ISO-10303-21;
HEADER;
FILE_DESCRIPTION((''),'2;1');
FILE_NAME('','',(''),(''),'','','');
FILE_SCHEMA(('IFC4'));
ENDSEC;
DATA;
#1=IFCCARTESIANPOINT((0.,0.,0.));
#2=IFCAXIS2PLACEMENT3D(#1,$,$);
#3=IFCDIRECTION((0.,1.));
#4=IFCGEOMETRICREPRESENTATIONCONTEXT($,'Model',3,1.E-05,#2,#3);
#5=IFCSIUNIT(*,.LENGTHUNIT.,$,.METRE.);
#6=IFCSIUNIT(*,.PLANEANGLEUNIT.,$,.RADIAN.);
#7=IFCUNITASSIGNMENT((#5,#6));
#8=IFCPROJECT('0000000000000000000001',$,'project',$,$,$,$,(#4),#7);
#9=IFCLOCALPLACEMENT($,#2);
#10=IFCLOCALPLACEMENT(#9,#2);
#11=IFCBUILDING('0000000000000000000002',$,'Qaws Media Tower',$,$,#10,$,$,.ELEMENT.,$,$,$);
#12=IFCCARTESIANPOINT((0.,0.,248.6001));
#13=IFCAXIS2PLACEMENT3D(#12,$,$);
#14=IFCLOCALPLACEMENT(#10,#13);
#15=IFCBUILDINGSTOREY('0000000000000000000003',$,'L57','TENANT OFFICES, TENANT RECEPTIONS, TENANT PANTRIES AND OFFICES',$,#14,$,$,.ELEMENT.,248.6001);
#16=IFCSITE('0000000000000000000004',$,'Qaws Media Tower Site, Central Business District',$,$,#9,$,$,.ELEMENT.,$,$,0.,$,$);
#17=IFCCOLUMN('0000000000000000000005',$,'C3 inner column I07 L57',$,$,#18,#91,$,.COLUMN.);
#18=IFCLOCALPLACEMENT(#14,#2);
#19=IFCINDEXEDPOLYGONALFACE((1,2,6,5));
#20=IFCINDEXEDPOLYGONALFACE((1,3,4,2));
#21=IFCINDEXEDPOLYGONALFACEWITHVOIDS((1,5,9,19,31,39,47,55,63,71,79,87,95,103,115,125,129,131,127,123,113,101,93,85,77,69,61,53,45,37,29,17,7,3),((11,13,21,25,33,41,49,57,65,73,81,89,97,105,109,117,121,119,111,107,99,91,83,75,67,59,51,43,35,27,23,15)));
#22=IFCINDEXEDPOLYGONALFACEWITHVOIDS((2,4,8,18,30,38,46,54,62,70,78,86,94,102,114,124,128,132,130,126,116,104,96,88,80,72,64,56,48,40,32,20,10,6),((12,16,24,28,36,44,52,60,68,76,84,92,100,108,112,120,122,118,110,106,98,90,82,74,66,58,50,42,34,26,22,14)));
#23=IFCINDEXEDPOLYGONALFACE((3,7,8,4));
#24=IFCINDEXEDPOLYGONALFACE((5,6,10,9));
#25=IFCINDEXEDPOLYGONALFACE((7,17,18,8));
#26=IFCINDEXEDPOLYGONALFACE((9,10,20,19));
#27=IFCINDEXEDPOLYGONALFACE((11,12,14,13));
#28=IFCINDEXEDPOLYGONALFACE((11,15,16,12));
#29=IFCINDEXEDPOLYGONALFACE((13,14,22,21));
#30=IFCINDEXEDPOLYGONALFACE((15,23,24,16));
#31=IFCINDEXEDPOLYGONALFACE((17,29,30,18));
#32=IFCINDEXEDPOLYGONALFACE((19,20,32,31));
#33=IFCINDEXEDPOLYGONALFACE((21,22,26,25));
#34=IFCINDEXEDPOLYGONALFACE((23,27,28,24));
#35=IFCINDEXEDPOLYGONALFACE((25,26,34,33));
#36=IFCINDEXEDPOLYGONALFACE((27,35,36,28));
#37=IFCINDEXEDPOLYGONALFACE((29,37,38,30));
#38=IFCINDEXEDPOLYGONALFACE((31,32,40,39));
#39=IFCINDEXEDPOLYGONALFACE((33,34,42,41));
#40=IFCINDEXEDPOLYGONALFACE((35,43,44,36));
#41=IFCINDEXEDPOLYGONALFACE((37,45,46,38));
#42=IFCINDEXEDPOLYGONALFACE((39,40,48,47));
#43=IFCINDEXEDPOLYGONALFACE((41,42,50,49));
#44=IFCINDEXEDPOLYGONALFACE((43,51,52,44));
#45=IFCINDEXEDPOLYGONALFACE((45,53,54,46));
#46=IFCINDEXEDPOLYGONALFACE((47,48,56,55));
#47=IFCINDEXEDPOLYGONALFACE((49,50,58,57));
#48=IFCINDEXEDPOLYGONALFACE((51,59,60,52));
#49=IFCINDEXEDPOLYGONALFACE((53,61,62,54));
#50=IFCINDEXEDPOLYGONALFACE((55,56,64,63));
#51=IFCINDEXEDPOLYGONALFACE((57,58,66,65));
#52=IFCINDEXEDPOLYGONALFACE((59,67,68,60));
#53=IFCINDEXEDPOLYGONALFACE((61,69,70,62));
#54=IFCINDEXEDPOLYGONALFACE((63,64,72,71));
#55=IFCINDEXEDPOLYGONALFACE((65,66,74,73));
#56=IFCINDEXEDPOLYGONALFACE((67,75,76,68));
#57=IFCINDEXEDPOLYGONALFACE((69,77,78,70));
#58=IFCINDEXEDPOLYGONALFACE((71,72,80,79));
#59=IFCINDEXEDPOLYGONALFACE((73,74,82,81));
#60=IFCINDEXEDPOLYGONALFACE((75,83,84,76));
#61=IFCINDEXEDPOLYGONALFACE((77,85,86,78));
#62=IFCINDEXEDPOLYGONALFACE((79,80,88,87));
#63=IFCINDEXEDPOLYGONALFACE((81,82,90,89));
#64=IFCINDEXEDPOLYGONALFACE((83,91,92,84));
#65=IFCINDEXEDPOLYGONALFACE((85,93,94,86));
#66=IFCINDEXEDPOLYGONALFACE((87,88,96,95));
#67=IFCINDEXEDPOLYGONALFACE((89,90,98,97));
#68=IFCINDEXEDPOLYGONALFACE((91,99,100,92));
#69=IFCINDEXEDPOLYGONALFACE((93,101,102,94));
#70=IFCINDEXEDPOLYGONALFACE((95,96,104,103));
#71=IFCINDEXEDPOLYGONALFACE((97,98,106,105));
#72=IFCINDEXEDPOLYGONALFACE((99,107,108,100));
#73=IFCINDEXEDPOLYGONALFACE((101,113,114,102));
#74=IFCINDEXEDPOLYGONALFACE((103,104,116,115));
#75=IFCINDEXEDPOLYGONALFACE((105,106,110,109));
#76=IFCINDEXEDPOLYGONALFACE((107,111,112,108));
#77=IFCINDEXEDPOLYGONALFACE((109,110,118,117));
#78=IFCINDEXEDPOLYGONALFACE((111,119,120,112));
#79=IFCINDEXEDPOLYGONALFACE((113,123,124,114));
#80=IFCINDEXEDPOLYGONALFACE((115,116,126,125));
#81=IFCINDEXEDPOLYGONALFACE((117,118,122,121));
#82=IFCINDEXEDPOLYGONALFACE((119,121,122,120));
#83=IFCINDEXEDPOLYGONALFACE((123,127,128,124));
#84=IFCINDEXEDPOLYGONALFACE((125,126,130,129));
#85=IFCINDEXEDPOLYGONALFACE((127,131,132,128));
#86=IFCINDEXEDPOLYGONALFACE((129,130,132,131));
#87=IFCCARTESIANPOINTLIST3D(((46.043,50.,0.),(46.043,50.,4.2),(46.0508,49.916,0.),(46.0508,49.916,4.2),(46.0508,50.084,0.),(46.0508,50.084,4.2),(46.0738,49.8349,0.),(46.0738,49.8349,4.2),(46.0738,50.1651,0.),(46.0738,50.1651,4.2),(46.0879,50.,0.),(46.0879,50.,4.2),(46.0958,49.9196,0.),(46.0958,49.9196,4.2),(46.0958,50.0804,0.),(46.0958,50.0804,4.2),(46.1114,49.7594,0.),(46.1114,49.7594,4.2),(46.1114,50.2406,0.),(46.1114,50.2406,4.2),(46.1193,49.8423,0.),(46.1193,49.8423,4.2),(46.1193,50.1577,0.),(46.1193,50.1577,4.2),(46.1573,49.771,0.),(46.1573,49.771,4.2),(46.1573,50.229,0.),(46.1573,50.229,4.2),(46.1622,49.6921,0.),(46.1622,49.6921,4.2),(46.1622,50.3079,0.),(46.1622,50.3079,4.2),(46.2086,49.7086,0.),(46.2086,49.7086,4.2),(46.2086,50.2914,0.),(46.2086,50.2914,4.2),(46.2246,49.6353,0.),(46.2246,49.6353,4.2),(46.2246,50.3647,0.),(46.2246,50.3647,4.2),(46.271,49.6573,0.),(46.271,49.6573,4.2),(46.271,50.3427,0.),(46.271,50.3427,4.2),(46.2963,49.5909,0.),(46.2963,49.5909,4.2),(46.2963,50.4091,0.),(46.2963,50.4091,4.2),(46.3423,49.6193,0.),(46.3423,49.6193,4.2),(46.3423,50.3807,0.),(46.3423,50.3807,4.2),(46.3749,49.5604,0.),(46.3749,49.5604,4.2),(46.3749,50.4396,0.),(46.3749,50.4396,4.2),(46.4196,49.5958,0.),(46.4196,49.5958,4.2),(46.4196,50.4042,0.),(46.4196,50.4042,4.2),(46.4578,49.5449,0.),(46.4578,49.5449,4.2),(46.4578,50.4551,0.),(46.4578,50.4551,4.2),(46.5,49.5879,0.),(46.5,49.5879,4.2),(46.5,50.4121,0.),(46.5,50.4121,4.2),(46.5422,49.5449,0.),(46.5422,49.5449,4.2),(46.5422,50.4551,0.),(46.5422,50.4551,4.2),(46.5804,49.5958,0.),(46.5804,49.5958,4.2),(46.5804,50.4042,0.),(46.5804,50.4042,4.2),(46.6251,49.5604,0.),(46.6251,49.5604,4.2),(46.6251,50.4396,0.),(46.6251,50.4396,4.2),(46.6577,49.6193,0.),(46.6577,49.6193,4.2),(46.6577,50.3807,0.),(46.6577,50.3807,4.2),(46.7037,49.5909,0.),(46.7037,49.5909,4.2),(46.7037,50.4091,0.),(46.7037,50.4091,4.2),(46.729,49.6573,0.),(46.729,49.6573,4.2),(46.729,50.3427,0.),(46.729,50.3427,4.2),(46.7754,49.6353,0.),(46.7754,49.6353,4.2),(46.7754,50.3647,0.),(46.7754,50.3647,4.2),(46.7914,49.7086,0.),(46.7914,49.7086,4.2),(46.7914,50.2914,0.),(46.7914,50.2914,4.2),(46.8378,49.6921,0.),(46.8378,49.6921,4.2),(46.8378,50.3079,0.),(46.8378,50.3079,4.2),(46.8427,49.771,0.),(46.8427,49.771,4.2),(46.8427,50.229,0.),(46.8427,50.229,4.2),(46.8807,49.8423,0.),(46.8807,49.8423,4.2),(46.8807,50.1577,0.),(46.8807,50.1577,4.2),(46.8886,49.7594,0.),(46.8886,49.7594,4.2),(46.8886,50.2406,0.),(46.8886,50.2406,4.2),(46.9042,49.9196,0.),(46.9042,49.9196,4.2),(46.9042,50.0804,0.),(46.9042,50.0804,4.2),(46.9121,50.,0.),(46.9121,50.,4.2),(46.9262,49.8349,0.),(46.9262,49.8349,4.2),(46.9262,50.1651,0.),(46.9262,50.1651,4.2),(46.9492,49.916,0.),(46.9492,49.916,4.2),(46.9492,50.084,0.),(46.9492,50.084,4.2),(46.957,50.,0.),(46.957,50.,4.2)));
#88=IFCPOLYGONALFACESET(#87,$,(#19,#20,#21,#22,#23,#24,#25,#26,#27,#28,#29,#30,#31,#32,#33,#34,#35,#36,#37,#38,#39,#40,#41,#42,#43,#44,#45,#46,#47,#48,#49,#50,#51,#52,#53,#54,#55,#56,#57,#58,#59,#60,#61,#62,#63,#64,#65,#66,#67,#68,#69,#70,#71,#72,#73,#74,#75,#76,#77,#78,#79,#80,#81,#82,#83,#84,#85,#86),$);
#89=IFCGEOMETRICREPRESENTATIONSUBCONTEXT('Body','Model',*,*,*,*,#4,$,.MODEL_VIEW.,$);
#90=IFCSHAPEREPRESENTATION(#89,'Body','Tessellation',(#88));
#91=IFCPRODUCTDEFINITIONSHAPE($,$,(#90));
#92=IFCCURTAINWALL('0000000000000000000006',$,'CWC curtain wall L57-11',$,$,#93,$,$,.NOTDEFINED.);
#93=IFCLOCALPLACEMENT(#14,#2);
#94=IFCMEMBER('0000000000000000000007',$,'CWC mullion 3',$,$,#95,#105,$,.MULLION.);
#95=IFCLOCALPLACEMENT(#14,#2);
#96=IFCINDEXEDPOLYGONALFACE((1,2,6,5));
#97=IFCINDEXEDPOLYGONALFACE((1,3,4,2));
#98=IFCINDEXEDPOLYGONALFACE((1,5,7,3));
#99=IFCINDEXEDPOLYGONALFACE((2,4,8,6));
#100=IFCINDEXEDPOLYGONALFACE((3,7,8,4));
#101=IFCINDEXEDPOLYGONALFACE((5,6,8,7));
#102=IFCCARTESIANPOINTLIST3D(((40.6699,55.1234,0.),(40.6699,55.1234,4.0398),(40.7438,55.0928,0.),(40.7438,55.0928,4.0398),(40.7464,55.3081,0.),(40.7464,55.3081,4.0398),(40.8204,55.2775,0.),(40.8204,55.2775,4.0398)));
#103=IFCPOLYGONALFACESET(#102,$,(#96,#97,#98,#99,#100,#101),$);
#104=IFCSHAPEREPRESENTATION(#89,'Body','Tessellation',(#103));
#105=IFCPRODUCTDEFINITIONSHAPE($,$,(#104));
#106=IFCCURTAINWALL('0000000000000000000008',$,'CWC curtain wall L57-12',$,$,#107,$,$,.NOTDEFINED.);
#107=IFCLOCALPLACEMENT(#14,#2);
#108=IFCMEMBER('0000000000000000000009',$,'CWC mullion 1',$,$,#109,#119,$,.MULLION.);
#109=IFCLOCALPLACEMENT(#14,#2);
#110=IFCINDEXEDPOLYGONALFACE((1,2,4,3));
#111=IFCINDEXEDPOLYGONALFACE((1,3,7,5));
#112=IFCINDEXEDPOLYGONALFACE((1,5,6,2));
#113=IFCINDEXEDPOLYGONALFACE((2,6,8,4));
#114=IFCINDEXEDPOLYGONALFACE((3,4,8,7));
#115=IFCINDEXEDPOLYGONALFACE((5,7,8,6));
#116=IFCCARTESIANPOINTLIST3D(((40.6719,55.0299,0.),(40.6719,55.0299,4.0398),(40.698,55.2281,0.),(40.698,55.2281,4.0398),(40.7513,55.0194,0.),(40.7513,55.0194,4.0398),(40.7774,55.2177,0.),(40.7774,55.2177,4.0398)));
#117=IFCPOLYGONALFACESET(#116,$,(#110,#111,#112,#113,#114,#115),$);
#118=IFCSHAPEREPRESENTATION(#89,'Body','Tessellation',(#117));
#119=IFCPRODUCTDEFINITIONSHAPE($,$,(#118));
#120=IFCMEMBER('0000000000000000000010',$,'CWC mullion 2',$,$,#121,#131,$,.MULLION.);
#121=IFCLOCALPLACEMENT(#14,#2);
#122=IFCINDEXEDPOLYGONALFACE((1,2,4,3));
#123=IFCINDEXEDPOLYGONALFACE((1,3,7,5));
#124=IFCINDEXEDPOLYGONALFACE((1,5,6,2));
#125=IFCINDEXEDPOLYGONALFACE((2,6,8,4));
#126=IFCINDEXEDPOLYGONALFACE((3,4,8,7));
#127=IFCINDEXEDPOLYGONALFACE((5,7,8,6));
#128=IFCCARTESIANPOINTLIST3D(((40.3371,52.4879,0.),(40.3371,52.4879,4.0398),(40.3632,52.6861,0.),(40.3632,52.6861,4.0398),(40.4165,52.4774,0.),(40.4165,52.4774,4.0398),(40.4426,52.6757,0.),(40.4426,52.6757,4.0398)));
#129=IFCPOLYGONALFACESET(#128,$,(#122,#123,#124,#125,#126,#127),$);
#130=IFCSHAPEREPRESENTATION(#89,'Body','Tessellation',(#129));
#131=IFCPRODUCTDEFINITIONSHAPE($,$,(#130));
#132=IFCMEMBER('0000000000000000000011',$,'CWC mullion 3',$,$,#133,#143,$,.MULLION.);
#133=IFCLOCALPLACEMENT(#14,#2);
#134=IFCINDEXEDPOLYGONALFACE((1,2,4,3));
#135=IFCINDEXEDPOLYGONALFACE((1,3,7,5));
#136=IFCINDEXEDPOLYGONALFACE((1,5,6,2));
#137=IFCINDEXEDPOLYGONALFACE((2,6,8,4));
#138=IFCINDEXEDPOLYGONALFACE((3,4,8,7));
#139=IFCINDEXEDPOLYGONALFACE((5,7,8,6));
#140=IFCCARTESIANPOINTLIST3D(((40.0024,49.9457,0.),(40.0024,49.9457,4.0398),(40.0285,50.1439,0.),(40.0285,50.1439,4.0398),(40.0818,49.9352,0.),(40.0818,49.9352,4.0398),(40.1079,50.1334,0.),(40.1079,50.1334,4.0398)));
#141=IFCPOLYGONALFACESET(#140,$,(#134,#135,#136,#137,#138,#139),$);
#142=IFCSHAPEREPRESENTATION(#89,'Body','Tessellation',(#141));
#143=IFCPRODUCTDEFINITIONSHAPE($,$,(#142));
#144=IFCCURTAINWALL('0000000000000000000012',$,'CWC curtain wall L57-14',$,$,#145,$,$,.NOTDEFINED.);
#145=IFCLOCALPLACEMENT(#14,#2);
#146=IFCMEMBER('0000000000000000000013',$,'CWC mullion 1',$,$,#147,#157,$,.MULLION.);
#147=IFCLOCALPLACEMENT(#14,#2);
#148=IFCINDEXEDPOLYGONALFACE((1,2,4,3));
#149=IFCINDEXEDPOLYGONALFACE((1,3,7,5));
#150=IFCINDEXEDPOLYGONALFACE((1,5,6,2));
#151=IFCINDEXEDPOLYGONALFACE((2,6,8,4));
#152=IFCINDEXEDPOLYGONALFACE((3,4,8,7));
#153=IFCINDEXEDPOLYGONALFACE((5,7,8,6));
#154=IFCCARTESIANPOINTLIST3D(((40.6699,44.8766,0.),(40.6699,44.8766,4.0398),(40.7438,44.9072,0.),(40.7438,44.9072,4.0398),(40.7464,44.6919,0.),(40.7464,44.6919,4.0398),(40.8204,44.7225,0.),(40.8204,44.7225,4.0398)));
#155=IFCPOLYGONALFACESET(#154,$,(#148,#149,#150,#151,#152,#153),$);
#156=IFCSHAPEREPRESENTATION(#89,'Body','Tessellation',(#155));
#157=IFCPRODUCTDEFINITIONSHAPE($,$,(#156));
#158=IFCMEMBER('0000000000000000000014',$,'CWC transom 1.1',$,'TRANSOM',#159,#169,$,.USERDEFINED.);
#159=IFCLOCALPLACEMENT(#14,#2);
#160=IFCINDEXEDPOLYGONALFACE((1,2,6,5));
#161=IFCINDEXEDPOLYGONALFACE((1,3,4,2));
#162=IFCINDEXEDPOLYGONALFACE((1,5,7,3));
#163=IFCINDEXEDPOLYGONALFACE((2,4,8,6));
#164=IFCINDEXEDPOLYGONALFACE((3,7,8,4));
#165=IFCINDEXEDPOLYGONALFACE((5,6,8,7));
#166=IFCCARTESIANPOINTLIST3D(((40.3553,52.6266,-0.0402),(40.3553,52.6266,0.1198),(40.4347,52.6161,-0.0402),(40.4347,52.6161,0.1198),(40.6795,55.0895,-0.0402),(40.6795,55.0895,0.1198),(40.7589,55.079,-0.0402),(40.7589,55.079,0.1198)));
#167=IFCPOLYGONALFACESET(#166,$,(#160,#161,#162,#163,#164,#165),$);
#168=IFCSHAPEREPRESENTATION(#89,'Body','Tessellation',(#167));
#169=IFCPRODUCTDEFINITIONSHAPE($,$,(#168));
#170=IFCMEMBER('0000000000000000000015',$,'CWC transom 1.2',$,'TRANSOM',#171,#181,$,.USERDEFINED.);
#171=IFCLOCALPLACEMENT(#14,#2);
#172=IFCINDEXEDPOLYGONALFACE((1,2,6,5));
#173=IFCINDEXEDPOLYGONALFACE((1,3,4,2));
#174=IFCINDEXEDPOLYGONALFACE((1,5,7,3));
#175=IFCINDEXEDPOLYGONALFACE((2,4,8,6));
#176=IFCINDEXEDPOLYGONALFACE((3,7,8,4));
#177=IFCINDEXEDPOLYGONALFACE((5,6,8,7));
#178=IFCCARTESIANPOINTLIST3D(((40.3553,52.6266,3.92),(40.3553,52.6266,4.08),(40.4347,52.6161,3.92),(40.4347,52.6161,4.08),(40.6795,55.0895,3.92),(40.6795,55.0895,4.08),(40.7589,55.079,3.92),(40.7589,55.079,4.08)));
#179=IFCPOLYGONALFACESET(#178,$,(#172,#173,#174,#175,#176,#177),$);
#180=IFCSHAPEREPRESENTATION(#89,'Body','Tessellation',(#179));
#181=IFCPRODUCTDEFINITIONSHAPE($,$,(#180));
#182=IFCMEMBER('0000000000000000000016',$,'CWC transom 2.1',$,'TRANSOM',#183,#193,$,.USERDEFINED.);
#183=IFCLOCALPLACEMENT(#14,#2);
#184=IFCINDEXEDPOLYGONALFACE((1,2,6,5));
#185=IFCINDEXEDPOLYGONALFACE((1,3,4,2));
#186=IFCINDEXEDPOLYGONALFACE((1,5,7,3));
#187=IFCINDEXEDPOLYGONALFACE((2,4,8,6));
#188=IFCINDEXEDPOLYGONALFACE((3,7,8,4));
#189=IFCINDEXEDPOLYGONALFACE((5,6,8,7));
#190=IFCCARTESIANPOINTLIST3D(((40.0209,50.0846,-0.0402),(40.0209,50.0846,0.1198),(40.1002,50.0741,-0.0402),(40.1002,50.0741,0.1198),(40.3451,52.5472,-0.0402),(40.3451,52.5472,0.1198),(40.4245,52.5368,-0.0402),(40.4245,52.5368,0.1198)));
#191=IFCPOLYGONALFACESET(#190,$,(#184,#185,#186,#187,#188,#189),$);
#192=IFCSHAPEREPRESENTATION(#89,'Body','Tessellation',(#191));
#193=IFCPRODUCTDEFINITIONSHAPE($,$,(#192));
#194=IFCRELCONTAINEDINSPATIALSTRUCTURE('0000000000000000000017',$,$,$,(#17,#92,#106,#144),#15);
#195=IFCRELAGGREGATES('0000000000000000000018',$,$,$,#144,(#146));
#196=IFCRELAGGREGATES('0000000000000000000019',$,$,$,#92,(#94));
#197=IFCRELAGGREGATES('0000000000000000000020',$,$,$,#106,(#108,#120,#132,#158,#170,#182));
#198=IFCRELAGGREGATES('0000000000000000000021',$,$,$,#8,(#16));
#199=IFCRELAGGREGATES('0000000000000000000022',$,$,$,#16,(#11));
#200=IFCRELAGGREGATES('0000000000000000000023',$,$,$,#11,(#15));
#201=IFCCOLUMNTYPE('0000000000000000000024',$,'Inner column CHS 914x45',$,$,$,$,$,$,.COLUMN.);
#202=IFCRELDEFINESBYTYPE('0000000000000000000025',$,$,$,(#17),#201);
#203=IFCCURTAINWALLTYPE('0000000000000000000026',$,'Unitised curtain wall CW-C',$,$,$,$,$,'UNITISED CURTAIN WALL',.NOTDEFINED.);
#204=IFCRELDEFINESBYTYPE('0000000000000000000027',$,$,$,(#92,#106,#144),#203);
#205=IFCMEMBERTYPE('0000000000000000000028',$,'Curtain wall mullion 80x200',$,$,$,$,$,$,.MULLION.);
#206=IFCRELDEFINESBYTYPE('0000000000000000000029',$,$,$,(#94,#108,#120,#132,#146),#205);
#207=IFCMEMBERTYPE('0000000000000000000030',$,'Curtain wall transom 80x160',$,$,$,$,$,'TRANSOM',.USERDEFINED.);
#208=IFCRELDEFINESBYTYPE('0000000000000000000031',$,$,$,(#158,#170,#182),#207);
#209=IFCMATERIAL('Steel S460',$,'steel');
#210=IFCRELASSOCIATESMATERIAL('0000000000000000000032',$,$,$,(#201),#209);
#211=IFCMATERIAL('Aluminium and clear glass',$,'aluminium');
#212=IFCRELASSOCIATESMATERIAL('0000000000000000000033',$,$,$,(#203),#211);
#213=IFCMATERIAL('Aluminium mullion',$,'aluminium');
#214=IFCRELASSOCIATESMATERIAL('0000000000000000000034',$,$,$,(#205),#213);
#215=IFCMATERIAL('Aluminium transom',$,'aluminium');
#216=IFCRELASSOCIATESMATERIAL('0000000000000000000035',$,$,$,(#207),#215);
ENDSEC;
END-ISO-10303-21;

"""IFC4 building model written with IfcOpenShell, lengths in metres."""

from ifc_helpers import new_model, si_unit, direction, frame, origin, origin_2d, place, context, subcontext, project, spatial, rectangle, hollow_circle, extrude, material, material_profile, profile_set, type_object, element, aggregate, save


model = new_model("IFC4")

# Units and contexts
model_context = context("Model", 3, precision=1e-05, world=origin(), true_north=direction((0.0, 1.0)))
body_context = subcontext(model_context, "Body", "Model", "MODEL_VIEW")
ifc_project = project(units=[si_unit("LENGTHUNIT", "METRE"), si_unit("PLANEANGLEUNIT", "RADIAN")], contexts=[model_context])

# Site, building, storey
site_placement = place(None, origin())
site = spatial("IfcSite", under=ifc_project, at=site_placement, Name="Qaws Media Tower Site, Central Business District", CompositionType="ELEMENT", RefElevation=0.0)
building_placement = place(site_placement, origin())
building = spatial("IfcBuilding", under=site, at=building_placement, Name="Qaws Media Tower", CompositionType="ELEMENT")
storey_placement = place(building_placement, frame((0.0, 0.0, 248.6001)))
storey = spatial("IfcBuildingStorey", under=building, at=storey_placement, Name="L57", Description="TENANT OFFICES, TENANT RECEPTIONS, TENANT PANTRIES AND OFFICES", CompositionType="ELEMENT", Elevation=248.6001)

# Column
ifc_material_1 = material(Name="Steel S460", Category="steel")
ifc_material_profile_1 = material_profile(ifc_material_1, hollow_circle(Radius=0.457, WallThickness=0.0449, at=origin_2d()), Name="CHS 914x45")
ifc_profile_set_1 = profile_set([ifc_material_profile_1], Name="Steel S460")
column_type = type_object("IfcColumnType", Name="Inner column CHS 914x45", PredefinedType="COLUMN", material=ifc_profile_set_1)
column_placement = place(storey_placement, frame((46.5, 50.0, 0.0), z_axis=(0.0, 0.0, 1.0), x_axis=(1.0, 0.0, 0.0)))
element("IfcColumn", 1, at=column_placement, inside=storey, type_object=column_type, Name="C3 inner column I07 L57", PredefinedType="COLUMN", context=body_context, shape_type="SweptSolid", body=[
    extrude(hollow_circle(Radius=0.457, WallThickness=0.0449, at=origin_2d()), origin(), (0.0, 0.0, 1.0), 4.2),
])

# Curtain wall, member
ifc_material_2 = material(Name="Aluminium and clear glass", Category="aluminium")
curtain_wall_type = type_object("IfcCurtainWallType", Name="Unitised curtain wall CW-C", ElementType="UNITISED CURTAIN WALL", PredefinedType="NOTDEFINED", material=ifc_material_2)
curtain_wall_1_placement = place(storey_placement, origin())
curtain_wall_1 = element("IfcCurtainWall", 2, at=curtain_wall_1_placement, inside=storey, type_object=curtain_wall_type, Name="CWC curtain wall L57-11", PredefinedType="NOTDEFINED")
ifc_material_3 = material(Name="Aluminium mullion", Category="aluminium")
ifc_material_profile_2 = material_profile(ifc_material_3, rectangle(XDim=0.0801, YDim=0.2, at=origin_2d()), Name="80x200")
ifc_profile_set_2 = profile_set([ifc_material_profile_2], Name="Aluminium mullion")
member_type_1 = type_object("IfcMemberType", Name="Curtain wall mullion 80x200", PredefinedType="MULLION", material=ifc_profile_set_2)
member_1_placement = place(storey_placement, frame((40.7451, 55.2004, 0.0), z_axis=(0.0, 0.0, 1.0), x_axis=(0.92388, -0.382683, 0.0)))
member_1 = element("IfcMember", 3, at=member_1_placement, type_object=member_type_1, Name="CWC mullion 3", PredefinedType="MULLION", context=body_context, shape_type="SweptSolid", body=[
    extrude(rectangle(XDim=0.0801, YDim=0.2, at=origin_2d()), origin(), (0.0, 0.0, 1.0), 4.0398),
])

# Curtain wall, members
curtain_wall_2_placement = place(storey_placement, origin())
curtain_wall_2 = element("IfcCurtainWall", 4, at=curtain_wall_2_placement, inside=storey, type_object=curtain_wall_type, Name="CWC curtain wall L57-12", PredefinedType="NOTDEFINED")
member_2_placement = place(storey_placement, frame((40.7246, 55.1238, 0.0), z_axis=(0.0, 0.0, 1.0), x_axis=(0.991445, -0.130526, 0.0)))
member_2 = element("IfcMember", 5, at=member_2_placement, type_object=member_type_1, Name="CWC mullion 1", PredefinedType="MULLION", context=body_context, shape_type="SweptSolid", body=[
    extrude(rectangle(XDim=0.0801, YDim=0.2, at=origin_2d()), origin(), (0.0, 0.0, 1.0), 4.0398),
])
member_3_placement = place(storey_placement, frame((40.3899, 52.5818, 0.0), z_axis=(0.0, 0.0, 1.0), x_axis=(0.991445, -0.130526, 0.0)))
member_3 = element("IfcMember", 6, at=member_3_placement, type_object=member_type_1, Name="CWC mullion 2", PredefinedType="MULLION", context=body_context, shape_type="SweptSolid", body=[
    extrude(rectangle(XDim=0.0801, YDim=0.2, at=origin_2d()), origin(), (0.0, 0.0, 1.0), 4.0398),
])
member_4_placement = place(storey_placement, frame((40.0552, 50.0396, 0.0), z_axis=(0.0, 0.0, 1.0), x_axis=(0.991445, -0.130526, 0.0)))
member_4 = element("IfcMember", 7, at=member_4_placement, type_object=member_type_1, Name="CWC mullion 3", PredefinedType="MULLION", context=body_context, shape_type="SweptSolid", body=[
    extrude(rectangle(XDim=0.0801, YDim=0.2, at=origin_2d()), origin(), (0.0, 0.0, 1.0), 4.0398),
])

# Curtain wall, member
curtain_wall_3_placement = place(storey_placement, origin())
curtain_wall_3 = element("IfcCurtainWall", 8, at=curtain_wall_3_placement, inside=storey, type_object=curtain_wall_type, Name="CWC curtain wall L57-14", PredefinedType="NOTDEFINED")
member_5_placement = place(storey_placement, frame((40.7451, 44.7996, 0.0), z_axis=(0.0, 0.0, 1.0), x_axis=(0.92388, 0.382683, 0.0)))
member_5 = element("IfcMember", 9, at=member_5_placement, type_object=member_type_1, Name="CWC mullion 1", PredefinedType="MULLION", context=body_context, shape_type="SweptSolid", body=[
    extrude(rectangle(XDim=0.0801, YDim=0.2, at=origin_2d()), origin(), (0.0, 0.0, 1.0), 4.0398),
])

# Members
ifc_material_4 = material(Name="Aluminium transom", Category="aluminium")
ifc_material_profile_3 = material_profile(ifc_material_4, rectangle(XDim=0.0801, YDim=0.1599, at=origin_2d()), Name="80x160")
ifc_profile_set_3 = profile_set([ifc_material_profile_3], Name="Aluminium transom")
member_type_2 = type_object("IfcMemberType", Name="Curtain wall transom 80x160", ElementType="TRANSOM", PredefinedType="USERDEFINED", material=ifc_profile_set_3)
member_6_placement = place(storey_placement, frame((40.7192, 55.0842, 0.0398), z_axis=(-0.130516, -0.991446, 0.0), x_axis=(0.991446, -0.130516, 0.0)))
member_6 = element("IfcMember", 10, at=member_6_placement, type_object=member_type_2, Name="CWC transom 1.1", ObjectType="TRANSOM", PredefinedType="USERDEFINED", context=body_context, shape_type="SweptSolid", body=[
    extrude(rectangle(XDim=0.0801, YDim=0.1599, at=origin_2d()), origin(), (0.0, 0.0, 1.0), 2.4841),
])
member_7_placement = place(storey_placement, frame((40.7192, 55.0842, 4.0), z_axis=(-0.130516, -0.991446, 0.0), x_axis=(0.991446, -0.130516, 0.0)))
member_7 = element("IfcMember", 11, at=member_7_placement, type_object=member_type_2, Name="CWC transom 1.2", ObjectType="TRANSOM", PredefinedType="USERDEFINED", context=body_context, shape_type="SweptSolid", body=[
    extrude(rectangle(XDim=0.0801, YDim=0.1599, at=origin_2d()), origin(), (0.0, 0.0, 1.0), 2.4841),
])
member_8_placement = place(storey_placement, frame((40.3848, 52.542, 0.0398), z_axis=(-0.130528, -0.991445, 0.0), x_axis=(0.991445, -0.130528, 0.0)))
member_8 = element("IfcMember", 12, at=member_8_placement, type_object=member_type_2, Name="CWC transom 2.1", ObjectType="TRANSOM", PredefinedType="USERDEFINED", context=body_context, shape_type="SweptSolid", body=[
    extrude(rectangle(XDim=0.0801, YDim=0.1599, at=origin_2d()), origin(), (0.0, 0.0, 1.0), 2.4839),
])
aggregate(curtain_wall_3, [member_5])

aggregate(curtain_wall_1, [member_1])
aggregate(curtain_wall_2, [member_2, member_3, member_4, member_6, member_7, member_8])

save(model, "model.ifc")
